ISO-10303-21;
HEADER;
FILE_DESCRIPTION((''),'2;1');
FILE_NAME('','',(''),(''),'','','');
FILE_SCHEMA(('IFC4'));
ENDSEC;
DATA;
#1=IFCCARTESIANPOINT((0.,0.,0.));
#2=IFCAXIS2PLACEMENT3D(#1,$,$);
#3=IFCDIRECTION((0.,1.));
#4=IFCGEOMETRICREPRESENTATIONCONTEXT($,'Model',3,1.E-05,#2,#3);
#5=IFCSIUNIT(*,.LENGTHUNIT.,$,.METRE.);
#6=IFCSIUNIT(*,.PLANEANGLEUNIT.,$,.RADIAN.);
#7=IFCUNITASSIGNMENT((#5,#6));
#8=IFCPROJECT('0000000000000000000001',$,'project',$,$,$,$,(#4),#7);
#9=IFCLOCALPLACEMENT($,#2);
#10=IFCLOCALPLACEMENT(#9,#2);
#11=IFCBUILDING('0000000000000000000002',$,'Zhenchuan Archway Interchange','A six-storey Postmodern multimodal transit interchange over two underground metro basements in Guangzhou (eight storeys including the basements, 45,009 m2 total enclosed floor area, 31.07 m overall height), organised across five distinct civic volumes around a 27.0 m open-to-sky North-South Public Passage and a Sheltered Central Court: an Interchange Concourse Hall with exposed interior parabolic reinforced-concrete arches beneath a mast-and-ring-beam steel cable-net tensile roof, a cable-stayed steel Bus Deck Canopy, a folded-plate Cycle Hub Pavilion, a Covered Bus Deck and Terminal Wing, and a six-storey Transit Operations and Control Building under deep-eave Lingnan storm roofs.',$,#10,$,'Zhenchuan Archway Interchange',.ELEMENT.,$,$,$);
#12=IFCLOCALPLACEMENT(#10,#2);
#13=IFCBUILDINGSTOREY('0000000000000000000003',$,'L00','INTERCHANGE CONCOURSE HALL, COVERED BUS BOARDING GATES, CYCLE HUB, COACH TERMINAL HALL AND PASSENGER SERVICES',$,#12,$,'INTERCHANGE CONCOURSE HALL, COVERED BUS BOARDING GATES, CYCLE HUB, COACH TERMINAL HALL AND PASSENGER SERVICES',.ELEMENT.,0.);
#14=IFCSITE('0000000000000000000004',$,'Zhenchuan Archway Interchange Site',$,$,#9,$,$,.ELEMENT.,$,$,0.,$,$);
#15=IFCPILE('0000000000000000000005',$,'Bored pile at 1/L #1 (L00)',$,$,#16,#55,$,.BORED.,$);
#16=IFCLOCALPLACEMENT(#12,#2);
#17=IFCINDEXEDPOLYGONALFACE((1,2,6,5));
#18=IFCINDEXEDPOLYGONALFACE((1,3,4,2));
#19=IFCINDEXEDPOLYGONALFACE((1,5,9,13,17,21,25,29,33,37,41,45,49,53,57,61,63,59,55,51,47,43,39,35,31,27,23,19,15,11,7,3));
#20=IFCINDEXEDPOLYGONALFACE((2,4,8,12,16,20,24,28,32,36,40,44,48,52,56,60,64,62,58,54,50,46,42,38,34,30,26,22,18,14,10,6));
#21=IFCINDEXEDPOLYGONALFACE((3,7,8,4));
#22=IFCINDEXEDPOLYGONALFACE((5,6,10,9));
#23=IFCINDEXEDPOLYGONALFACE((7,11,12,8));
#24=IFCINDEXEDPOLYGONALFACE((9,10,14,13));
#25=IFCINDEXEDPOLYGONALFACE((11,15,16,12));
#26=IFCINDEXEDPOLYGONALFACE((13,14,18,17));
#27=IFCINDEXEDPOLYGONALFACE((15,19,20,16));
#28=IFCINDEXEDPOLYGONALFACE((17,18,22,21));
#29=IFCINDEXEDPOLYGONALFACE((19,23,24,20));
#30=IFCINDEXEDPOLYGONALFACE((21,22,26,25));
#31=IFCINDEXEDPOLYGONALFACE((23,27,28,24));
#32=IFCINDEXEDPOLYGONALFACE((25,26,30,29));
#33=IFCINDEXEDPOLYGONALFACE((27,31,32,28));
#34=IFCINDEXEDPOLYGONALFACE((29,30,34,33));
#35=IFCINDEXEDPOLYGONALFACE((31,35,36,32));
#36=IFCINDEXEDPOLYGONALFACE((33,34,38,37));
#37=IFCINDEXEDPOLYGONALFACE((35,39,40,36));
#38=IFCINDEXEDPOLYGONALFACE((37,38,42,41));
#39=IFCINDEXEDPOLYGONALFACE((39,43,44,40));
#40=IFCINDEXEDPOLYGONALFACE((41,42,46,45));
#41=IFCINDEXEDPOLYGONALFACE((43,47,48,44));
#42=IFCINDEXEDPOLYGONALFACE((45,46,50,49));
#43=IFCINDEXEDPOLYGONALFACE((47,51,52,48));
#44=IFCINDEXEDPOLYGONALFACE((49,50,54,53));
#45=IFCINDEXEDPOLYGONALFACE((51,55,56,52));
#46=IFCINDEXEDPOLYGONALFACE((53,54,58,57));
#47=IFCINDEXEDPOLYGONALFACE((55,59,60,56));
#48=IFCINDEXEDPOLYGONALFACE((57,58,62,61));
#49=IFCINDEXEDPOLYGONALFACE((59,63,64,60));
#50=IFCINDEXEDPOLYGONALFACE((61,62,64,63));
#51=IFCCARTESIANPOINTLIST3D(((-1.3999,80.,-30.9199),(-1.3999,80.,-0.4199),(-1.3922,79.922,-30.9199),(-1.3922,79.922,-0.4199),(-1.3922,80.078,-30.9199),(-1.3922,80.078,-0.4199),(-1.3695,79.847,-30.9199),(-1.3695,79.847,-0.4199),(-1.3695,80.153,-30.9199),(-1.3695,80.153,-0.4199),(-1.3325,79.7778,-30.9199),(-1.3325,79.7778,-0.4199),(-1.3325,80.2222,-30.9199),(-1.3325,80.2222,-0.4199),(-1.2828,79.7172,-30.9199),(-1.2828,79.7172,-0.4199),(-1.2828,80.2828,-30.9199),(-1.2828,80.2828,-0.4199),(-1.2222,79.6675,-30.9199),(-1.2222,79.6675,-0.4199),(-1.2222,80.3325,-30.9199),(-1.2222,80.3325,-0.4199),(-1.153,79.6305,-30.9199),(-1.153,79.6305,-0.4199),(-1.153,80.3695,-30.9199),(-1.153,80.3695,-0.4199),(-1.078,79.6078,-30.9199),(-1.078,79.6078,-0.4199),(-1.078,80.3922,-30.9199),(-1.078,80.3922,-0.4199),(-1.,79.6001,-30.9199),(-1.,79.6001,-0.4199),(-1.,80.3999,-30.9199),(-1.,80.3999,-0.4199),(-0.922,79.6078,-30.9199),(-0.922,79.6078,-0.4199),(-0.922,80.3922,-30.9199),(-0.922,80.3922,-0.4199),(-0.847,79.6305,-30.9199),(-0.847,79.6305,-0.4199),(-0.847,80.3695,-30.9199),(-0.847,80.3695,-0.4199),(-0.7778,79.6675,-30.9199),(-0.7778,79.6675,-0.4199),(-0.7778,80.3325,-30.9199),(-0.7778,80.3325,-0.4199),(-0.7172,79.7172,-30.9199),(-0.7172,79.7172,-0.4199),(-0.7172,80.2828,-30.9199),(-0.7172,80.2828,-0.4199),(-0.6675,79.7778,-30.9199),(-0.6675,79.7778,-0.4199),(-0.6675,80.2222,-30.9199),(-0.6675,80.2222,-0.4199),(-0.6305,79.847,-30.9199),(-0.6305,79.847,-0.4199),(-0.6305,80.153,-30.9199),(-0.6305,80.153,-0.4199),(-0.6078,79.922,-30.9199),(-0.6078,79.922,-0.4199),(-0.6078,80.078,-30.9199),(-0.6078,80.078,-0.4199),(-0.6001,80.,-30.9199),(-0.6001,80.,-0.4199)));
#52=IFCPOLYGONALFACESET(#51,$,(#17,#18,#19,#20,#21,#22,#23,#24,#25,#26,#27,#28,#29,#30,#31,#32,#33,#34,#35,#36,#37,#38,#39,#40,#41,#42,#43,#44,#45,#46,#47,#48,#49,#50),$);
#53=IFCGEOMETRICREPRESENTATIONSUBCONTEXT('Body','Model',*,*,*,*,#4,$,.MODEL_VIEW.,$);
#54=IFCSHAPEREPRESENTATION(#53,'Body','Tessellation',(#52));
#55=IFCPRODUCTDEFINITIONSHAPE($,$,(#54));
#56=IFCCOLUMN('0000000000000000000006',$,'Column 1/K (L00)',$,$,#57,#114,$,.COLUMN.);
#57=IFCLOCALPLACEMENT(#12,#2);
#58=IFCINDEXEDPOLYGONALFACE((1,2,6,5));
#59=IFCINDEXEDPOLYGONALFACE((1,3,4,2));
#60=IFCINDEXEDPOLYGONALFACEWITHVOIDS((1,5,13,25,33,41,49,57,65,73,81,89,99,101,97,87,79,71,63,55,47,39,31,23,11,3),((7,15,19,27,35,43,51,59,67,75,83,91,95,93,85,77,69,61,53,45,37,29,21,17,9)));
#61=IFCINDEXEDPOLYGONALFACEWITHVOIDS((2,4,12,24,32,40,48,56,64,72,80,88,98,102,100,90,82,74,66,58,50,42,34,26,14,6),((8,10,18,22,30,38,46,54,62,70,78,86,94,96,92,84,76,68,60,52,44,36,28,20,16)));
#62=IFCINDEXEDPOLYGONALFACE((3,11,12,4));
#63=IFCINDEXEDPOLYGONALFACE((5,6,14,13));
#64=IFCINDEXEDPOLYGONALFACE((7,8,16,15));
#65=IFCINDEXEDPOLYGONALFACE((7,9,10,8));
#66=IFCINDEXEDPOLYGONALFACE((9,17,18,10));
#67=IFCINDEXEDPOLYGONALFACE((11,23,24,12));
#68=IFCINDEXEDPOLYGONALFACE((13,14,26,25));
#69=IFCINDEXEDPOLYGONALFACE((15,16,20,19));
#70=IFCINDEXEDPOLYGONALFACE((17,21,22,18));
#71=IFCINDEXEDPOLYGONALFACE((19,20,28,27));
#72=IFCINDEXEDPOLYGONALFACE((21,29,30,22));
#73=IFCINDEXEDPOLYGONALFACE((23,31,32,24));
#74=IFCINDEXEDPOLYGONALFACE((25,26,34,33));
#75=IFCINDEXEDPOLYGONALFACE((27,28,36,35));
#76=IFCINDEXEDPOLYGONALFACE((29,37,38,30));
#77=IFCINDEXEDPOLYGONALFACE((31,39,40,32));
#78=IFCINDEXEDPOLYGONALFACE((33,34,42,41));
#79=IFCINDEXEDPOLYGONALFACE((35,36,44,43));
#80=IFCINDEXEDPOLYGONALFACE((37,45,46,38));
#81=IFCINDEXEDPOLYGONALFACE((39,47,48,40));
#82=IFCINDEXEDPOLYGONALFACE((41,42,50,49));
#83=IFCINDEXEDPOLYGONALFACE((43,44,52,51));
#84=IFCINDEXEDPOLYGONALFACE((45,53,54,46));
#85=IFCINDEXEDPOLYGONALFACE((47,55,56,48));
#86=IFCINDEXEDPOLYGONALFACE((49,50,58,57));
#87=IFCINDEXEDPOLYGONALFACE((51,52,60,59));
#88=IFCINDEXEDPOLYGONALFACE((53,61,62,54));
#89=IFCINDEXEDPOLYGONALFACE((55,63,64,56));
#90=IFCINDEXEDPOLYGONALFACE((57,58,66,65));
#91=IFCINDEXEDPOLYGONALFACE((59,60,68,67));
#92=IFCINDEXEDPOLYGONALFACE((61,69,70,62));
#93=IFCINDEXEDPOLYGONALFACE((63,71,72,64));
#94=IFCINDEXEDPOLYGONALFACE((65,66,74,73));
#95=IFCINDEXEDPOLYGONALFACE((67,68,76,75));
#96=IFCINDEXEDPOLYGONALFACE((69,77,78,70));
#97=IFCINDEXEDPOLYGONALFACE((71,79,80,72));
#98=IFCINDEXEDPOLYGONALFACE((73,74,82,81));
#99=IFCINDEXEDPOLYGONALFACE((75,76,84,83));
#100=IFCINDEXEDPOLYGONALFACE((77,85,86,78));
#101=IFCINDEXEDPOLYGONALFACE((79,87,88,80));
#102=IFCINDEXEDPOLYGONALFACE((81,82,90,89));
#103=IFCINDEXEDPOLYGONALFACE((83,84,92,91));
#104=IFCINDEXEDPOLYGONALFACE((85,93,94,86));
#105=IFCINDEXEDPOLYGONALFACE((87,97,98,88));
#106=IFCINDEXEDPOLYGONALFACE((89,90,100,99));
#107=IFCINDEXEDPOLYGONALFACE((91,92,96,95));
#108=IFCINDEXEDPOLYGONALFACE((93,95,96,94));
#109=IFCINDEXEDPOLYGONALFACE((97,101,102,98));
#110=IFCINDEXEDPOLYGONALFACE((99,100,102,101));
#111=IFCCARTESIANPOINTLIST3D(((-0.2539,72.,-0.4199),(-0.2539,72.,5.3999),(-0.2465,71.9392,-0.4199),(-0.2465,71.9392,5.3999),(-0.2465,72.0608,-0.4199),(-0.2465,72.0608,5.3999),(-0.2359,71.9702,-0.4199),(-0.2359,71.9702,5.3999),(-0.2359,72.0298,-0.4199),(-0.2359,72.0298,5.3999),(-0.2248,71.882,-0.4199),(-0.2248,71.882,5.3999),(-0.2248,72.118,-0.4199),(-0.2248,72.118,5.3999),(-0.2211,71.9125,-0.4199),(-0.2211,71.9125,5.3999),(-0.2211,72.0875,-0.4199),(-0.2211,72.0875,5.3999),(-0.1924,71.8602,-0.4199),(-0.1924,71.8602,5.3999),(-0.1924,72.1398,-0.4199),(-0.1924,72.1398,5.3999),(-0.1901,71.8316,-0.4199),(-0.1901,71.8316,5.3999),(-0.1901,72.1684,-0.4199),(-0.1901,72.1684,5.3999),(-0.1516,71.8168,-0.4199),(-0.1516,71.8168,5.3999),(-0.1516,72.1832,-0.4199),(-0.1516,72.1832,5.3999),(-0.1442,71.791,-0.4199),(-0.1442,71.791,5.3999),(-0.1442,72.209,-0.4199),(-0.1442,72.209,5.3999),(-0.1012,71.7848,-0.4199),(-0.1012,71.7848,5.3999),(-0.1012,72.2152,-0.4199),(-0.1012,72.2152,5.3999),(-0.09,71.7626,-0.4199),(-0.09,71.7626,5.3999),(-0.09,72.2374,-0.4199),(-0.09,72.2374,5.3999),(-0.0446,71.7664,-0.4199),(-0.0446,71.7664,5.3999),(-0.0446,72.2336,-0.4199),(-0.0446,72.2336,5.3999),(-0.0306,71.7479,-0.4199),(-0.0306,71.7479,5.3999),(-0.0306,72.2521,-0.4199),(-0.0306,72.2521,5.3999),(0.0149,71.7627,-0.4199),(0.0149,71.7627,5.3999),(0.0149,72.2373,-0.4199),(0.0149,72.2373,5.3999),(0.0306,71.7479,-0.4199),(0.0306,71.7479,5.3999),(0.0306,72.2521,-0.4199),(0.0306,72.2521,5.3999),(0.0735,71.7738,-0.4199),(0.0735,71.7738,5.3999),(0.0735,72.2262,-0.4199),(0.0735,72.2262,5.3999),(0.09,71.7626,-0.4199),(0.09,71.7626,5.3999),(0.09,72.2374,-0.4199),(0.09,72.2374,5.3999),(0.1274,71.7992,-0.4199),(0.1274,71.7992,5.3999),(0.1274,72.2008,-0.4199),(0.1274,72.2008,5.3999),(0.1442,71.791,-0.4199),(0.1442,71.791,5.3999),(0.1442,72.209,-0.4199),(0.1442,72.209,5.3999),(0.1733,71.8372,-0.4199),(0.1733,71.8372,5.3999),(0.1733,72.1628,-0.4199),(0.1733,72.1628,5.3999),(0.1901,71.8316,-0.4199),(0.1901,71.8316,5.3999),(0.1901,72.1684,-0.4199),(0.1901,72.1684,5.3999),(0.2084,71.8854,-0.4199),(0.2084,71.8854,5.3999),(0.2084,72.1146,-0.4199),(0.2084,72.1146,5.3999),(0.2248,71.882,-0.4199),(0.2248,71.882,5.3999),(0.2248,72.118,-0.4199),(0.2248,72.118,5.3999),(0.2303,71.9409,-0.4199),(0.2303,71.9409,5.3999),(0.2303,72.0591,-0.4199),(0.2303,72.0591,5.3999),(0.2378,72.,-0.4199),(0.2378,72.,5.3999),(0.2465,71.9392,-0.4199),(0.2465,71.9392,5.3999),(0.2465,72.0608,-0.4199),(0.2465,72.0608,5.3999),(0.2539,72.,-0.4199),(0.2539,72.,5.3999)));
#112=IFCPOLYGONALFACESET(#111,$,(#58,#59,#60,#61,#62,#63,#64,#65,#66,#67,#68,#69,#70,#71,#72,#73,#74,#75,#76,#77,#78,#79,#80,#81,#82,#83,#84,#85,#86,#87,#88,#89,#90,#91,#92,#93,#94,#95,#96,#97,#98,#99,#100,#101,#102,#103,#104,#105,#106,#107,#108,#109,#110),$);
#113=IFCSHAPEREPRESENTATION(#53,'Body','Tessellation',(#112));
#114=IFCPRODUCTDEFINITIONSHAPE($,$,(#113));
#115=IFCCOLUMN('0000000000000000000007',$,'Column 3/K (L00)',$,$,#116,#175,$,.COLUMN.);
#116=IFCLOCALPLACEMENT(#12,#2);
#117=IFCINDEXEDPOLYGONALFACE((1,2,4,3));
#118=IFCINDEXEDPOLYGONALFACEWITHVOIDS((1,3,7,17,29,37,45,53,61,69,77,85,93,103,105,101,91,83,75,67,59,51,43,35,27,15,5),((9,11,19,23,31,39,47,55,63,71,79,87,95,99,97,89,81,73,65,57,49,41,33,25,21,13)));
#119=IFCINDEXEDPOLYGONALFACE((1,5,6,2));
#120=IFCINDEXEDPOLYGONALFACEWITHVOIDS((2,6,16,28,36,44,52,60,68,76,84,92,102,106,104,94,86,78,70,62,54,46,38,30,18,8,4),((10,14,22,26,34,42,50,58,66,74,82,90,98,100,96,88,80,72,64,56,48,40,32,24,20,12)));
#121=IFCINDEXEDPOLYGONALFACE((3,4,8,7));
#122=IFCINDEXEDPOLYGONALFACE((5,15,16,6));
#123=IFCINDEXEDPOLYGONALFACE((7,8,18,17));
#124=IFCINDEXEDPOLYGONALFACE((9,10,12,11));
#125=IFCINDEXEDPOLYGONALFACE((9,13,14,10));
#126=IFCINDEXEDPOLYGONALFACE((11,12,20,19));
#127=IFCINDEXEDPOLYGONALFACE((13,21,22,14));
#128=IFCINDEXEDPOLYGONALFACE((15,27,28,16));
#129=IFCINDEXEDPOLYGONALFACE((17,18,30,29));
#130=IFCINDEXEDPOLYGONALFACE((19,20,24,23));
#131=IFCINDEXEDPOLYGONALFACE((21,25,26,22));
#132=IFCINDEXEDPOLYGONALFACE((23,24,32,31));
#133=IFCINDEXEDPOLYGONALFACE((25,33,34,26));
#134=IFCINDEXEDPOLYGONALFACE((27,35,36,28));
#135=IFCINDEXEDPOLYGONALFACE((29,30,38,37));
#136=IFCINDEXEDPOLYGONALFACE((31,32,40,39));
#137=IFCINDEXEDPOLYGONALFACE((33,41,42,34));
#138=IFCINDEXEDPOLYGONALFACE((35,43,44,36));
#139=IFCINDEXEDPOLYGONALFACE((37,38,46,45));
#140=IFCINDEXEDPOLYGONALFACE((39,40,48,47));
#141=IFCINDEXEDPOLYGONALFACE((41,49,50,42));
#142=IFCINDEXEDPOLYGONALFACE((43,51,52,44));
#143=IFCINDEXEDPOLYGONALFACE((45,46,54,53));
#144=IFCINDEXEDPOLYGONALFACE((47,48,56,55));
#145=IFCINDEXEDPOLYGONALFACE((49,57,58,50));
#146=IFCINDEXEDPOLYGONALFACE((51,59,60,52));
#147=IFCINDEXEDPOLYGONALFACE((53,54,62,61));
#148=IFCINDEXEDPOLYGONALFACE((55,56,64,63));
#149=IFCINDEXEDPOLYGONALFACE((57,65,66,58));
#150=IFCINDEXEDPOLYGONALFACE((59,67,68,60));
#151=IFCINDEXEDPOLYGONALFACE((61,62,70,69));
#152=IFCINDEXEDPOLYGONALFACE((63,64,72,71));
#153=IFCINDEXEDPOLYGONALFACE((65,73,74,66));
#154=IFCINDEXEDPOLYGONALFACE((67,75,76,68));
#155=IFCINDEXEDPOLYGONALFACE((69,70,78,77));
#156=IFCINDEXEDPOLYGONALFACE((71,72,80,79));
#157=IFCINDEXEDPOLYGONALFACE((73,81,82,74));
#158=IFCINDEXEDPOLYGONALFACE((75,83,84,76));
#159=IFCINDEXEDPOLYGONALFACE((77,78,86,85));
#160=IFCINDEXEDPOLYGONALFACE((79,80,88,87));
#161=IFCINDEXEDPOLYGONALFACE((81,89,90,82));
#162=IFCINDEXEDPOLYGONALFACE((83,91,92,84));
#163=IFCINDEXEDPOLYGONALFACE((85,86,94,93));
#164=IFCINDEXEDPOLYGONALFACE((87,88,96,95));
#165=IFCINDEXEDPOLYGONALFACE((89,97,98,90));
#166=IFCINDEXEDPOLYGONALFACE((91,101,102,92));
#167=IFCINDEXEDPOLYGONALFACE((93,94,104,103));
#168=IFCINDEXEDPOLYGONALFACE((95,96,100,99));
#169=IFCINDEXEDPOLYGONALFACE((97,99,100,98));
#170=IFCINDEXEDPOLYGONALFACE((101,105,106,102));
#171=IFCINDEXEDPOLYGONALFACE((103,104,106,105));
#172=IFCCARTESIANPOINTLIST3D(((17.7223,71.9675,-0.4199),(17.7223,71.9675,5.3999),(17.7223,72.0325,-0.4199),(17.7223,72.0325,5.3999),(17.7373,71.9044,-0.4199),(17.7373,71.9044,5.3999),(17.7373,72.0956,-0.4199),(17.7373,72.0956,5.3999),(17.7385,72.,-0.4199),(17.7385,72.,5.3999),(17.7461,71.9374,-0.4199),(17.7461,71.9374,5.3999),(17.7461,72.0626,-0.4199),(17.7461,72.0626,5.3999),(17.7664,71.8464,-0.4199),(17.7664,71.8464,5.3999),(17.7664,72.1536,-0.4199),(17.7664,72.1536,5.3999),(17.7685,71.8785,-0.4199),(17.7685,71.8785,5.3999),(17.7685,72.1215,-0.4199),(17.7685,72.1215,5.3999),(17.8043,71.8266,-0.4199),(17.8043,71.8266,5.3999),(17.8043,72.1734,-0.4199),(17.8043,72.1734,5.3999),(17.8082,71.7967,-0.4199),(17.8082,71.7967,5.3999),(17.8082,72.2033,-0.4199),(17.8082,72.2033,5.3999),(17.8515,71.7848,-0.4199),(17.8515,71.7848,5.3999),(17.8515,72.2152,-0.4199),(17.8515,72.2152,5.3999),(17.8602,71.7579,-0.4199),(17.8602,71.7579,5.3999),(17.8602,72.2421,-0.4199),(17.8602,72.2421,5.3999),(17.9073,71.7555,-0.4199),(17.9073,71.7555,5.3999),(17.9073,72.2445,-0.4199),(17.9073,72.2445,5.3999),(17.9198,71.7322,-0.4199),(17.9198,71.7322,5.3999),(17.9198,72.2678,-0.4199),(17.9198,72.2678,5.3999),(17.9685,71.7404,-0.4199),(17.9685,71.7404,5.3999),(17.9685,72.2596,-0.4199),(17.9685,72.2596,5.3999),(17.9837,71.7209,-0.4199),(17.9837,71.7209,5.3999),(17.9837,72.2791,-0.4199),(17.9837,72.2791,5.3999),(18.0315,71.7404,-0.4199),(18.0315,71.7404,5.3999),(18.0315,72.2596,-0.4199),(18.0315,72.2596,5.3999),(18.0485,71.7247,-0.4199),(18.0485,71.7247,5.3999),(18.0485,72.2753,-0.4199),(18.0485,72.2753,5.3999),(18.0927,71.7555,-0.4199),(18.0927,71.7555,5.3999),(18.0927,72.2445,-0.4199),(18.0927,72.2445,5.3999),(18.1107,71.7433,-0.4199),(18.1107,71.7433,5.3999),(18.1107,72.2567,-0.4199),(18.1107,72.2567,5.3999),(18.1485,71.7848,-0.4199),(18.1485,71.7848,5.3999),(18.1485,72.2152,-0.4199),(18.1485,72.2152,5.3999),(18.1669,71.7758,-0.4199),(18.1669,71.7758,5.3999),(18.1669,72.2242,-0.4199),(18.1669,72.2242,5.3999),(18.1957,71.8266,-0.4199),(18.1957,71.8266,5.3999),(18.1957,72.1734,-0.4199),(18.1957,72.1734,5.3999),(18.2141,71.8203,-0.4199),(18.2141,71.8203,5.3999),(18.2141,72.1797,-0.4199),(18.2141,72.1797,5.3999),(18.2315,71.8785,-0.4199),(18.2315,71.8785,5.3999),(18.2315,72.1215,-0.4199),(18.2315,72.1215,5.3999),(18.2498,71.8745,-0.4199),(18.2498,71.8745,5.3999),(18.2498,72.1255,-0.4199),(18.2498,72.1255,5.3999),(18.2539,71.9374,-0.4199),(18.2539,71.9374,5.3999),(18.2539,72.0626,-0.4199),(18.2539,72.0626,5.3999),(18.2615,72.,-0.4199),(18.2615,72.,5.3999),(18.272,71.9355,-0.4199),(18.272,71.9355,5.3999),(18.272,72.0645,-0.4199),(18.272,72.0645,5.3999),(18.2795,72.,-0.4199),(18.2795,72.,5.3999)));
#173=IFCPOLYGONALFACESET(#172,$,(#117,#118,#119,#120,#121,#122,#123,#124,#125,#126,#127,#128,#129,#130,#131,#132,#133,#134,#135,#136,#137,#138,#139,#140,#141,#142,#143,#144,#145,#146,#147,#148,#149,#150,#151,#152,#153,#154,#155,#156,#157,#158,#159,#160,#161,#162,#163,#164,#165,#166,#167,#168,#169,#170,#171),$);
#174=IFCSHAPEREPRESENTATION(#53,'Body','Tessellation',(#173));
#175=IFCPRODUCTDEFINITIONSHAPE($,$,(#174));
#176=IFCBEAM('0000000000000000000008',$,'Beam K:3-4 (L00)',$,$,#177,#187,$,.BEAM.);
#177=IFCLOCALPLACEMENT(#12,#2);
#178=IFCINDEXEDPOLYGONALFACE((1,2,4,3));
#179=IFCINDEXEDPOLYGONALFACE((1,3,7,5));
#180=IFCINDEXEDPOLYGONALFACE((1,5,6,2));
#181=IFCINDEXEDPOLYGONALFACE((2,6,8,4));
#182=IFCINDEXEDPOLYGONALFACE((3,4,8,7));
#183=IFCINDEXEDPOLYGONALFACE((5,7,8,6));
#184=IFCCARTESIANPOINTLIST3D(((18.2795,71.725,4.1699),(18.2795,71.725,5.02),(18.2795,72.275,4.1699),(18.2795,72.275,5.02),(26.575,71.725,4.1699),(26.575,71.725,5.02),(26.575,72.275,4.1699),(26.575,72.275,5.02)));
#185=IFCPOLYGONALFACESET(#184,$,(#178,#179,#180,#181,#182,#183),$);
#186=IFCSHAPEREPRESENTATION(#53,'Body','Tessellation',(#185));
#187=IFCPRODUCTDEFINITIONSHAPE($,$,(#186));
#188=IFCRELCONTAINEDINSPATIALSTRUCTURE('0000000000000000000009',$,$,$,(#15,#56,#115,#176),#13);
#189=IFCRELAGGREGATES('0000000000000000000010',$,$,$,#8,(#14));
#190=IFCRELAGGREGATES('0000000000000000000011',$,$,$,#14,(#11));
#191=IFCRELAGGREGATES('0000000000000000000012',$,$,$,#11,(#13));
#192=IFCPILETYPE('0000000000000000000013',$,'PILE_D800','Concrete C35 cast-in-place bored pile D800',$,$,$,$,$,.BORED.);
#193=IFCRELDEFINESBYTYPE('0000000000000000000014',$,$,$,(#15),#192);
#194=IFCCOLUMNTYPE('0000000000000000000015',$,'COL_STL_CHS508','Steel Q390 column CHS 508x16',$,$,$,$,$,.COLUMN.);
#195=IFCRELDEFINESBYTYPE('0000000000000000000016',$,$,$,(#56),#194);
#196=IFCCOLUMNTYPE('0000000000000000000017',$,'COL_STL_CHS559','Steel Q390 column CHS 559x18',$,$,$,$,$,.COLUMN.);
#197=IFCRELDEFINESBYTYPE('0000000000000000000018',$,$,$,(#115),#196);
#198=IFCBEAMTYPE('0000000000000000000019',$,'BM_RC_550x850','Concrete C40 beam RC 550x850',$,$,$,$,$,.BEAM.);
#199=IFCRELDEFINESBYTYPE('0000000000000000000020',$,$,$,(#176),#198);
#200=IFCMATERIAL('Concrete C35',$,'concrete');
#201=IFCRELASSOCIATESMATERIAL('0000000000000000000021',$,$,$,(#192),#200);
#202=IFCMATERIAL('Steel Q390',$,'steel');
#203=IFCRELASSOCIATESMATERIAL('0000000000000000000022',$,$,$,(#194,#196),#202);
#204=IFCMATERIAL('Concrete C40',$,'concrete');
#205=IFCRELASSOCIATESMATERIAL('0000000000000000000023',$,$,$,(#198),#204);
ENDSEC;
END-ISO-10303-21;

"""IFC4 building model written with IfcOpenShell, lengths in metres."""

from ifc_helpers import new_model, si_unit, direction, frame, origin, origin_2d, place, context, subcontext, project, spatial, rectangle, circle, hollow_circle, extrude, material, material_profile, profile_set, type_object, element, save


model = new_model("IFC4")

# Units and contexts
model_context = context("Model", 3, precision=1e-05, world=origin(), true_north=direction((0.0, 1.0)))
body_context = subcontext(model_context, "Body", "Model", "MODEL_VIEW")
ifc_project = project(units=[si_unit("LENGTHUNIT", "METRE"), si_unit("PLANEANGLEUNIT", "RADIAN")], contexts=[model_context])

# Site, building, storey
site_placement = place(None, origin())
site = spatial("IfcSite", under=ifc_project, at=site_placement, Name="Zhenchuan Archway Interchange Site", CompositionType="ELEMENT", RefElevation=0.0)
building_placement = place(site_placement, origin())
building = spatial("IfcBuilding", under=site, at=building_placement, Name="Zhenchuan Archway Interchange", Description="A six-storey Postmodern multimodal transit interchange over two underground metro basements in Guangzhou (eight storeys including the basements, 45,009 m2 total enclosed floor area, 31.07 m overall height), organised across five distinct civic volumes around a 27.0 m open-to-sky North-South Public Passage and a Sheltered Central Court: an Interchange Concourse Hall with exposed interior parabolic reinforced-concrete arches beneath a mast-and-ring-beam steel cable-net tensile roof, a cable-stayed steel Bus Deck Canopy, a folded-plate Cycle Hub Pavilion, a Covered Bus Deck and Terminal Wing, and a six-storey Transit Operations and Control Building under deep-eave Lingnan storm roofs.", LongName="Zhenchuan Archway Interchange", CompositionType="ELEMENT")
storey_placement = place(building_placement, origin())
storey = spatial("IfcBuildingStorey", under=building, at=storey_placement, Name="L00", Description="INTERCHANGE CONCOURSE HALL, COVERED BUS BOARDING GATES, CYCLE HUB, COACH TERMINAL HALL AND PASSENGER SERVICES", LongName="INTERCHANGE CONCOURSE HALL, COVERED BUS BOARDING GATES, CYCLE HUB, COACH TERMINAL HALL AND PASSENGER SERVICES", CompositionType="ELEMENT", Elevation=0.0)

# Shared definitions
ifc_material_1 = material(Name="Concrete C40", Category="concrete")

# Pile
ifc_material_2 = material(Name="Concrete C35", Category="concrete")
ifc_material_profile_1 = material_profile(ifc_material_2, circle(Radius=0.3999, at=origin_2d()), Name="BORED PILE 800")
ifc_profile_set_1 = profile_set([ifc_material_profile_1], Name="Concrete C35")
pile_type_1 = type_object("IfcPileType", Name="PILE_D800", Description="Concrete C35 cast-in-place bored pile D800", PredefinedType="BORED", material=ifc_profile_set_1)
for number, where, z_axis, x_axis, name in (
    (1, (-1.0, 80.0, -0.4199), (0.0, 0.0, -1.0), (1.0, 0.0, 0.0), "Bored pile at 1/L #1 (L00)"),
):
    element("IfcPile", number, at=place(storey_placement, frame(where, z_axis=z_axis, x_axis=x_axis)), inside=storey, type_object=pile_type_1, Name=name, PredefinedType="BORED", context=body_context, shape_type="SweptSolid", body=[
        extrude(circle(Radius=0.3999, at=origin_2d()), origin(), (0.0, 0.0, 1.0), 30.5),
    ])

# Columns
ifc_material_3 = material(Name="Steel Q390", Category="steel")
ifc_material_profile_2 = material_profile(ifc_material_3, hollow_circle(Radius=0.2539, WallThickness=0.0161, at=origin_2d()), Name="CHS 508x16")
ifc_profile_set_2 = profile_set([ifc_material_profile_2], Name="Steel Q390")
column_type_1 = type_object("IfcColumnType", Name="COL_STL_CHS508", Description="Steel Q390 column CHS 508x16", PredefinedType="COLUMN", material=ifc_profile_set_2)
column_1_placement = place(storey_placement, frame((0.0, 72.0, -0.4199), z_axis=(0.0, 0.0, 1.0), x_axis=(1.0, 0.0, 0.0)))
element("IfcColumn", 2, at=column_1_placement, inside=storey, type_object=column_type_1, Name="Column 1/K (L00)", PredefinedType="COLUMN", context=body_context, shape_type="SweptSolid", body=[
    extrude(hollow_circle(Radius=0.2539, WallThickness=0.0161, at=origin_2d()), origin(), (0.0, 0.0, 1.0), 5.8198),
])
ifc_material_profile_3 = material_profile(ifc_material_3, hollow_circle(Radius=0.2795, WallThickness=0.0181, at=origin_2d()), Name="CHS 559x18")
ifc_profile_set_3 = profile_set([ifc_material_profile_3], Name="Steel Q390")
column_type_2 = type_object("IfcColumnType", Name="COL_STL_CHS559", Description="Steel Q390 column CHS 559x18", PredefinedType="COLUMN", material=ifc_profile_set_3)
column_2_placement = place(storey_placement, frame((18.0, 72.0, -0.4199), z_axis=(0.0, 0.0, 1.0), x_axis=(1.0, 0.0, 0.0)))
element("IfcColumn", 3, at=column_2_placement, inside=storey, type_object=column_type_2, Name="Column 3/K (L00)", PredefinedType="COLUMN", context=body_context, shape_type="SweptSolid", body=[
    extrude(hollow_circle(Radius=0.2795, WallThickness=0.0181, at=origin_2d()), origin(), (0.0, 0.0, 1.0), 5.8198),
])

# Beam
ifc_material_profile_4 = material_profile(ifc_material_1, rectangle(XDim=0.55, YDim=0.8501, at=origin_2d()), Name="RC 550x850")
ifc_profile_set_4 = profile_set([ifc_material_profile_4], Name="Concrete C40")
beam_type_1 = type_object("IfcBeamType", Name="BM_RC_550x850", Description="Concrete C40 beam RC 550x850", PredefinedType="BEAM", material=ifc_profile_set_4)
beam_placement = place(storey_placement, frame((18.2795, 72.0, 4.595), z_axis=(1.0, 0.0, 0.0), x_axis=(0.0, 1.0, 0.0)))
element("IfcBeam", 4, at=beam_placement, inside=storey, type_object=beam_type_1, Name="Beam K:3-4 (L00)", PredefinedType="BEAM", context=body_context, shape_type="SweptSolid", body=[
    extrude(rectangle(XDim=0.55, YDim=0.8501, at=origin_2d()), origin(), (0.0, 0.0, 1.0), 8.2954),
])

save(model, "model.ifc")
